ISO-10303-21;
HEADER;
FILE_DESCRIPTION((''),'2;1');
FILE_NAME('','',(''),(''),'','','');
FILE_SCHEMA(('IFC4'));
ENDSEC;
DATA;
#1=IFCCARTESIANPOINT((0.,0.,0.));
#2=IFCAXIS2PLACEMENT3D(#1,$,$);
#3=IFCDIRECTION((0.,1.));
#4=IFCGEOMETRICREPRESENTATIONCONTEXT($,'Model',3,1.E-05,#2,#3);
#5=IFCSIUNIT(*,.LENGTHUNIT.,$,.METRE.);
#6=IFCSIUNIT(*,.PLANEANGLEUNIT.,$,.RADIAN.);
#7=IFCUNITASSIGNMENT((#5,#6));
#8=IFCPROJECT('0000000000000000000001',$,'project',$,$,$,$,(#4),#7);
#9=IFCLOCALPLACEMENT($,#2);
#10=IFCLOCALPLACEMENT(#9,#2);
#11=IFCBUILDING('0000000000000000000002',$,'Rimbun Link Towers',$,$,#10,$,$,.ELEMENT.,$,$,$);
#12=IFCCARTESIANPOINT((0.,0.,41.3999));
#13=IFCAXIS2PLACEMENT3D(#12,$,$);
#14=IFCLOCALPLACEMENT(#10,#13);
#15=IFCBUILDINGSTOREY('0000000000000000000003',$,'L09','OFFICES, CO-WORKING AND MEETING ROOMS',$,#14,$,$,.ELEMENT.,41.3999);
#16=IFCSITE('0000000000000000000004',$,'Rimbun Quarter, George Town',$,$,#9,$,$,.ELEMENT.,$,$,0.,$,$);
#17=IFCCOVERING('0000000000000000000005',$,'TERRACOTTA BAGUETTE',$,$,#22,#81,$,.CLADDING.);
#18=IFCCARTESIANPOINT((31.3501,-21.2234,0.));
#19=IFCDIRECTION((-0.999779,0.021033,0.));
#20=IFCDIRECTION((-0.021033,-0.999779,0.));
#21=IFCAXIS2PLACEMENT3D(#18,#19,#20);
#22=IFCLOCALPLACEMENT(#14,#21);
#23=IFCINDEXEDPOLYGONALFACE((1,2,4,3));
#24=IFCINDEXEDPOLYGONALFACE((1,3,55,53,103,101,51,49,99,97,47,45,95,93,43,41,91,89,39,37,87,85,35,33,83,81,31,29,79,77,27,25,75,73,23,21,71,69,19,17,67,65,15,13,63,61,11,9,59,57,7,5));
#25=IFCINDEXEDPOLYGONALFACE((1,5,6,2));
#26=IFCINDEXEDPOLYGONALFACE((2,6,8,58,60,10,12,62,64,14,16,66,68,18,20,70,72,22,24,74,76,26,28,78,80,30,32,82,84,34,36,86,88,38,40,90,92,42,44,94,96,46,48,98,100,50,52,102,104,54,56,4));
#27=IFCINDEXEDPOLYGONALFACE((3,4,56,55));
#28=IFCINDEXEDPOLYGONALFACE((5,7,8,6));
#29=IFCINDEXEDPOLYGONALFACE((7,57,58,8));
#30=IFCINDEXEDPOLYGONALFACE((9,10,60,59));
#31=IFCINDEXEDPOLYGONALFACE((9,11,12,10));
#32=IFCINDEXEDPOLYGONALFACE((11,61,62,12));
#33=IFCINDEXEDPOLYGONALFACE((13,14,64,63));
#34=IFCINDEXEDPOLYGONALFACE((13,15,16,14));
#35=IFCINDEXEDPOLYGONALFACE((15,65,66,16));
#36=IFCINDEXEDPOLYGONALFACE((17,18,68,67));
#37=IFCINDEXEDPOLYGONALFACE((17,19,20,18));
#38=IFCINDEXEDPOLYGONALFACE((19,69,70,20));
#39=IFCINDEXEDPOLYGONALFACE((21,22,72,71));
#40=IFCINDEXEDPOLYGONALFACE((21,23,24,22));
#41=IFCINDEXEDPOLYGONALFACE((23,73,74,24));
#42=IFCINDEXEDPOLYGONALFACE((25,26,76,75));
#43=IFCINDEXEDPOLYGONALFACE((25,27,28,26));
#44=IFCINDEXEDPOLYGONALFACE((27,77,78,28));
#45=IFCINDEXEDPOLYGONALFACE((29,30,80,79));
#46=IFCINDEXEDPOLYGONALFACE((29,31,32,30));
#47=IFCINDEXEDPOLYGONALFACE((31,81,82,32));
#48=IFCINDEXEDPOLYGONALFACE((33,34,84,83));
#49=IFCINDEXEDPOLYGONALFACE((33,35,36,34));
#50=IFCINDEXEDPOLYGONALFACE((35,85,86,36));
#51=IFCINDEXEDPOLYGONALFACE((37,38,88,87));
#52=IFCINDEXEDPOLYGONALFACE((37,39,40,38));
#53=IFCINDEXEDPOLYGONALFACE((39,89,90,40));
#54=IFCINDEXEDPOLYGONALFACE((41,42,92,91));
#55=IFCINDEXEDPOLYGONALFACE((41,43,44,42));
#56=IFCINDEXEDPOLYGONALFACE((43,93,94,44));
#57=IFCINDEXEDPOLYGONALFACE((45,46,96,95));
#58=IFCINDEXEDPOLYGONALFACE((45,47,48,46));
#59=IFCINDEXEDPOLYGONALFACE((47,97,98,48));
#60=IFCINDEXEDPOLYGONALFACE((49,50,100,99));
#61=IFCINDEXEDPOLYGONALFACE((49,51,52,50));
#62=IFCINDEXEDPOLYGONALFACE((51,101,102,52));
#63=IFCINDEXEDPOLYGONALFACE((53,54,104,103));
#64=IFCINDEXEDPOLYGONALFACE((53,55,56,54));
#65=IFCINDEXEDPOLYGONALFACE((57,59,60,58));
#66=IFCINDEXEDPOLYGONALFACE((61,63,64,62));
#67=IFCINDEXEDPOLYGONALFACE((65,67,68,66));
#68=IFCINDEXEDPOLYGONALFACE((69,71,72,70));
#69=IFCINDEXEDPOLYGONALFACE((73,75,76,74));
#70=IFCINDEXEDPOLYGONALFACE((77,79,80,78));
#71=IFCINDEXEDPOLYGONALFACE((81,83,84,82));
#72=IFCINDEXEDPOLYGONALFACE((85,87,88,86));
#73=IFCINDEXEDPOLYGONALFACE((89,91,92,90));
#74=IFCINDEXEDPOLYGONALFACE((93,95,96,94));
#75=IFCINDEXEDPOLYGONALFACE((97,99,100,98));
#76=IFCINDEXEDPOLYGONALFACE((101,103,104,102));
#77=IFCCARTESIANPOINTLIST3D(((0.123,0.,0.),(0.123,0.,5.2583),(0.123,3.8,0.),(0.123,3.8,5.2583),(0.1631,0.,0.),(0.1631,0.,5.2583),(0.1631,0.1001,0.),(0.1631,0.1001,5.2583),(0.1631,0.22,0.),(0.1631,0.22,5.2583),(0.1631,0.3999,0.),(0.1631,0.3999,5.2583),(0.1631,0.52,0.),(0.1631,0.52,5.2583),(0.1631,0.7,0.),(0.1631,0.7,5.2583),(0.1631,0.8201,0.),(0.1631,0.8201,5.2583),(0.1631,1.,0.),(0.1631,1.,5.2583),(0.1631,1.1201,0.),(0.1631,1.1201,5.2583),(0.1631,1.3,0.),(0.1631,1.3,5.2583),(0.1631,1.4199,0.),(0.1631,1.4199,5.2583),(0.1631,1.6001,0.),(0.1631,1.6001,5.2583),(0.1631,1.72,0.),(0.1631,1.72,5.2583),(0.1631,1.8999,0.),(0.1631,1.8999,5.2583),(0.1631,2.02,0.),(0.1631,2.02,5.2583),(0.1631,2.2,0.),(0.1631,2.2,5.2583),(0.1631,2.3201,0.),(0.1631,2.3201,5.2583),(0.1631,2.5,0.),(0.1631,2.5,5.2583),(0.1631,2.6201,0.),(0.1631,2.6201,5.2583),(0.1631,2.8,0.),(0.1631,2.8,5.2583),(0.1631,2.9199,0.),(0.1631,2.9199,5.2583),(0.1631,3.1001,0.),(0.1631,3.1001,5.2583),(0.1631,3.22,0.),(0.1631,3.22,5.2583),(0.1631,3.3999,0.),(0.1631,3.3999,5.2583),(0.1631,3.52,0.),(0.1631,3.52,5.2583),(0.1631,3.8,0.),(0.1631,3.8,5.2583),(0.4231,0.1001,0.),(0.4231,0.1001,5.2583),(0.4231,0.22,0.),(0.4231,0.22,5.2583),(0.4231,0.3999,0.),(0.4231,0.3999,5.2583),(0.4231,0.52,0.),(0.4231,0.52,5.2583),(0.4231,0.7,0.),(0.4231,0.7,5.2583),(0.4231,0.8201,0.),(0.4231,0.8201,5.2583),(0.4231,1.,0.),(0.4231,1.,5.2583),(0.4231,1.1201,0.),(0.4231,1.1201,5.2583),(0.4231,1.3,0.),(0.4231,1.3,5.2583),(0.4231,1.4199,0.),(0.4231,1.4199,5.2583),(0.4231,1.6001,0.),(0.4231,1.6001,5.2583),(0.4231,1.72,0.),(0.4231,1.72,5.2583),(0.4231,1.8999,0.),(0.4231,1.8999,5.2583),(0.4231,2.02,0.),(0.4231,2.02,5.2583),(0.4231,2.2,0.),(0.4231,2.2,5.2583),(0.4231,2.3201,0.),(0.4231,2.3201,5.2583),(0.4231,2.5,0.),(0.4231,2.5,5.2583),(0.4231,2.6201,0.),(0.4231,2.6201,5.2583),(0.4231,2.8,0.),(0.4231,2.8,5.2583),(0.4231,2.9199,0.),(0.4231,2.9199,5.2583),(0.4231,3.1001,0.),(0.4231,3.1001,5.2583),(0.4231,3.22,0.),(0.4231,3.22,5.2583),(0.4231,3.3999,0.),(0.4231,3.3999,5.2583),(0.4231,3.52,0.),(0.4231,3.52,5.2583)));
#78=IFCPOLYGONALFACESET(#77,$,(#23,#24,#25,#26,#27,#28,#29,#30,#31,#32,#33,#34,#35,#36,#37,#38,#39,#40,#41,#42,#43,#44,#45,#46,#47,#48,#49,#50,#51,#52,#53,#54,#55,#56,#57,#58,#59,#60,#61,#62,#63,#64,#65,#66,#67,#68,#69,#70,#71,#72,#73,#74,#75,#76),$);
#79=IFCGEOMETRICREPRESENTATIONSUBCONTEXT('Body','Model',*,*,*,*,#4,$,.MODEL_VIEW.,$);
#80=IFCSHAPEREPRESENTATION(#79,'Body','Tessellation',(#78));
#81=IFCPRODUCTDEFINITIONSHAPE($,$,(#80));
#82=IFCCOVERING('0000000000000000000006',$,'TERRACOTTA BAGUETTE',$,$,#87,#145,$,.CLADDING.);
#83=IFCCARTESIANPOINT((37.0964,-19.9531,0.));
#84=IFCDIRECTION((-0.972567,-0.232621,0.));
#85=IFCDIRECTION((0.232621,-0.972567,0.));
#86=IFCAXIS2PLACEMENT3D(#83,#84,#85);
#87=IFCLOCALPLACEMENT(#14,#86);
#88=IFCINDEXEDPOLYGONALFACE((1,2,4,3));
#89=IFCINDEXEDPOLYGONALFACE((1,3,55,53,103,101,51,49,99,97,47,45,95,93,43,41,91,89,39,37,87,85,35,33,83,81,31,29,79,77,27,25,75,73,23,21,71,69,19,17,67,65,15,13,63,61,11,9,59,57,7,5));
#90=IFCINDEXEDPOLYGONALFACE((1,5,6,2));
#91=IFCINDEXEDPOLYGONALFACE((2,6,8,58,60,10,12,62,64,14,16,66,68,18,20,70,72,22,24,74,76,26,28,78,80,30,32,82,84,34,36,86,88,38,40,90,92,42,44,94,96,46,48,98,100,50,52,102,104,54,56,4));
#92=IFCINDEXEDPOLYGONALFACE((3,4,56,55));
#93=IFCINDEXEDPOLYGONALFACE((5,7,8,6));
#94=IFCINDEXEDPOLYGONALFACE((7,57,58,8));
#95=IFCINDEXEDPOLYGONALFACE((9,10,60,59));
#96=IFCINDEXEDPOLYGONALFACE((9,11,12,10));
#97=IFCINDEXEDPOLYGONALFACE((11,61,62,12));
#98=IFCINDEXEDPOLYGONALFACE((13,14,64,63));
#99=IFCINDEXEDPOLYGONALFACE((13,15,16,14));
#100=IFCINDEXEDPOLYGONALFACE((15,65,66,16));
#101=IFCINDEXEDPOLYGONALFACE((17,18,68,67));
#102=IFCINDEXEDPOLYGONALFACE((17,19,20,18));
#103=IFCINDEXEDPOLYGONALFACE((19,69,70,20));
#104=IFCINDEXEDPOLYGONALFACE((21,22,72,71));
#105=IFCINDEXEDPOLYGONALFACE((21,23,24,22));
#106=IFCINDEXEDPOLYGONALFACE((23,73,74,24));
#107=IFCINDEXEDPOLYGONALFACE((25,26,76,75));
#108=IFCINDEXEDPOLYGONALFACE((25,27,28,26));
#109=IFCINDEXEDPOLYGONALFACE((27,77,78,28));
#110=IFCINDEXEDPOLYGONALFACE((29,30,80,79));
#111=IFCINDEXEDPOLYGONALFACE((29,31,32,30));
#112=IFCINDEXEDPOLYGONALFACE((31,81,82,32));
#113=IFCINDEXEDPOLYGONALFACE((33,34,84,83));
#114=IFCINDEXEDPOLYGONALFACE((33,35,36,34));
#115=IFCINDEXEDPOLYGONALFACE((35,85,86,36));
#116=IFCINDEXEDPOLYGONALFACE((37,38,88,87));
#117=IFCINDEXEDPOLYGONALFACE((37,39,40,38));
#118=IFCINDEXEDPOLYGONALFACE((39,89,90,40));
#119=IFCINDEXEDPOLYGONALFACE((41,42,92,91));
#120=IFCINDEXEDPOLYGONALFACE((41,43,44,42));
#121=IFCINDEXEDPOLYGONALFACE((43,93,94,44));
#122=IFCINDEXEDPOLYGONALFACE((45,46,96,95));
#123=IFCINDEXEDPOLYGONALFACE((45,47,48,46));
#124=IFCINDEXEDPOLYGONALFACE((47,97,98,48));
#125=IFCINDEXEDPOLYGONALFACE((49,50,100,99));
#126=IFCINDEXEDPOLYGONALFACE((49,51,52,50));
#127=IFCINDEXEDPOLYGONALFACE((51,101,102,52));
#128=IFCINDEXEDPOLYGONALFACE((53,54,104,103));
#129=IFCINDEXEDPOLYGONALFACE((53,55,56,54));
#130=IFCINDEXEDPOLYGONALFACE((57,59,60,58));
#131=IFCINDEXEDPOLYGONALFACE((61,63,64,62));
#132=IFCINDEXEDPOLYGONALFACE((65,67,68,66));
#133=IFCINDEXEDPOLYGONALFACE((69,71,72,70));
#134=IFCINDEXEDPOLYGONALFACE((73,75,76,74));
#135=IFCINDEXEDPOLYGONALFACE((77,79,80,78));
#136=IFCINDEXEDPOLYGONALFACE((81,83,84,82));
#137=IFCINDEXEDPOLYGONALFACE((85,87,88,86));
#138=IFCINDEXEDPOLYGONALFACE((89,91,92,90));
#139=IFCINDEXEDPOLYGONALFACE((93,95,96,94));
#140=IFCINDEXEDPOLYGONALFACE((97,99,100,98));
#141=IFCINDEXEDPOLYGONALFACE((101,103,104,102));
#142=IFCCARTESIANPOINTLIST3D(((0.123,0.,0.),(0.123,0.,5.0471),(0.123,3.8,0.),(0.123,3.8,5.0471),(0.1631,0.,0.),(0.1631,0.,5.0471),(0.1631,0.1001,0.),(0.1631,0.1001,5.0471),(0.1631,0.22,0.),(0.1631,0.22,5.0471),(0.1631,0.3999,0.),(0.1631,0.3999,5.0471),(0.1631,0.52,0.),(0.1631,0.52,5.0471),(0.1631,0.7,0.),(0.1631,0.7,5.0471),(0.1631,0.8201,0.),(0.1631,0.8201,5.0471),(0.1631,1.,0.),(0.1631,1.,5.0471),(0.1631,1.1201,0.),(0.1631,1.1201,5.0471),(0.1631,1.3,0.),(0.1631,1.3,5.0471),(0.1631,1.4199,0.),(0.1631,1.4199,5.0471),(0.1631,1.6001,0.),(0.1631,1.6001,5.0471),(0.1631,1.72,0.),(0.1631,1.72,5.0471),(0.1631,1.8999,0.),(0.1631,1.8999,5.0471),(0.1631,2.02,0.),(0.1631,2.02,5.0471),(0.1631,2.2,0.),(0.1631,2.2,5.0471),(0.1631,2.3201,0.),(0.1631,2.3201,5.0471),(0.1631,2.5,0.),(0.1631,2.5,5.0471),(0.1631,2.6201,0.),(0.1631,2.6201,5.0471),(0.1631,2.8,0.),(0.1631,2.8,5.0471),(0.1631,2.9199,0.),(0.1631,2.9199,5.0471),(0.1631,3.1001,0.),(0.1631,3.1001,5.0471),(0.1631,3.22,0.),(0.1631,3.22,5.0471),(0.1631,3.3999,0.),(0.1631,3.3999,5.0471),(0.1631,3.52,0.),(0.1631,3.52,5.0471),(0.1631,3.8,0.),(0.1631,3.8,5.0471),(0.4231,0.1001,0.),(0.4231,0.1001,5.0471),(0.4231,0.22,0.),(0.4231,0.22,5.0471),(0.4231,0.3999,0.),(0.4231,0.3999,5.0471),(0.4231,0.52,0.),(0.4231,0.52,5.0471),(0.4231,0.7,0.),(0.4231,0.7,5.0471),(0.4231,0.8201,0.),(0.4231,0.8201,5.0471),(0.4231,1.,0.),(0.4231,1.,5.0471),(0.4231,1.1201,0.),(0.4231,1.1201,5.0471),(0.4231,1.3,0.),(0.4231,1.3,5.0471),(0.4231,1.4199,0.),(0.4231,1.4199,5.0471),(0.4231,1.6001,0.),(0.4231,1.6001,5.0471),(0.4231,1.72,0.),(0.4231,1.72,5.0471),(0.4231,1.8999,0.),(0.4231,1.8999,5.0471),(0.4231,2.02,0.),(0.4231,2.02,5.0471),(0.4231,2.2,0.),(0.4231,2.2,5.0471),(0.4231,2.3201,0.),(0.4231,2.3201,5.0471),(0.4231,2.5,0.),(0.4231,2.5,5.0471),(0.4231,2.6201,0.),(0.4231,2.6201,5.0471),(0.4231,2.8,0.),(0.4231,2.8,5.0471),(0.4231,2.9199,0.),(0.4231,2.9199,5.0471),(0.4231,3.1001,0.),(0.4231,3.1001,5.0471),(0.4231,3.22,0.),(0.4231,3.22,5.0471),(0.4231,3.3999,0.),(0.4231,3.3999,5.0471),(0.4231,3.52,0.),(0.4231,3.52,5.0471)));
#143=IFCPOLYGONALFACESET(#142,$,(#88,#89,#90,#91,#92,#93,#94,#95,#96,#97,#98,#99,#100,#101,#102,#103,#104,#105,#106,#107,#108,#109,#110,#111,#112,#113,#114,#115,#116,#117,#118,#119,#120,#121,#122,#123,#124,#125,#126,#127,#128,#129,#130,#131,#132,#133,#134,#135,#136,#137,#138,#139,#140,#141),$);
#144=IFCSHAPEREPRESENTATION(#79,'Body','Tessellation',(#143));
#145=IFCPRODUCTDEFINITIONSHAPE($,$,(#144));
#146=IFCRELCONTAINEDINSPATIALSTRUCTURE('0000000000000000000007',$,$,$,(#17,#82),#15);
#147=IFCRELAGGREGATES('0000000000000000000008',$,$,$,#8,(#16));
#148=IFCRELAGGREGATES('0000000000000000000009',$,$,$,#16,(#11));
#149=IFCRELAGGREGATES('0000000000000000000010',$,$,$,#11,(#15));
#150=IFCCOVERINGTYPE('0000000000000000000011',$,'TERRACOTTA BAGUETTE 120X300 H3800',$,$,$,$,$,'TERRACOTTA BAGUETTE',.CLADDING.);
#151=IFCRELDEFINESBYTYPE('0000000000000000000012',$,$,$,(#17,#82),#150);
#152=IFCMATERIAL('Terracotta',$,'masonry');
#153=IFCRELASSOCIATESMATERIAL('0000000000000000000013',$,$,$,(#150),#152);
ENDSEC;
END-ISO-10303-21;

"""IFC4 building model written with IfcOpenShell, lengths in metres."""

from ifc_helpers import new_model, si_unit, direction, frame, origin, place, context, subcontext, project, spatial, polyline, outline, extrude, material, material_profile, profile_set, type_object, element, save


model = new_model("IFC4")

# Units and contexts
model_context = context("Model", 3, precision=1e-05, world=origin(), true_north=direction((0.0, 1.0)))
body_context = subcontext(model_context, "Body", "Model", "MODEL_VIEW")
ifc_project = project(units=[si_unit("LENGTHUNIT", "METRE"), si_unit("PLANEANGLEUNIT", "RADIAN")], contexts=[model_context])

# Site, building, storey
site_placement = place(None, origin())
site = spatial("IfcSite", under=ifc_project, at=site_placement, Name="Rimbun Quarter, George Town", CompositionType="ELEMENT", RefElevation=0.0)
building_placement = place(site_placement, origin())
building = spatial("IfcBuilding", under=site, at=building_placement, Name="Rimbun Link Towers", CompositionType="ELEMENT")
storey_placement = place(building_placement, frame((0.0, 0.0, 41.3999)))
storey = spatial("IfcBuildingStorey", under=building, at=storey_placement, Name="L09", Description="OFFICES, CO-WORKING AND MEETING ROOMS", CompositionType="ELEMENT", Elevation=41.3999)

# Coverings
ifc_material_1 = material(Name="Terracotta", Category="masonry")
ifc_material_profile_1 = material_profile(ifc_material_1, outline(polyline([(0.123, 0.0), (0.1631, 0.0), (0.1631, 0.1001), (0.4231, 0.1001), (0.4231, 0.22), (0.1631, 0.22), (0.1631, 0.3999), (0.4231, 0.3999), (0.4231, 0.52), (0.1631, 0.52), (0.1631, 0.7), (0.4231, 0.7), (0.4231, 0.8201), (0.1631, 0.8201), (0.1631, 1.0), (0.4231, 1.0), (0.4231, 1.1201), (0.1631, 1.1201), (0.1631, 1.3), (0.4231, 1.3), (0.4231, 1.4199), (0.1631, 1.4199), (0.1631, 1.6001), (0.4231, 1.6001), (0.4231, 1.72), (0.1631, 1.72), (0.1631, 1.8999), (0.4231, 1.8999), (0.4231, 2.02), (0.1631, 2.02), (0.1631, 2.2), (0.4231, 2.2), (0.4231, 2.3201), (0.1631, 2.3201), (0.1631, 2.5), (0.4231, 2.5), (0.4231, 2.6201), (0.1631, 2.6201), (0.1631, 2.8), (0.4231, 2.8), (0.4231, 2.9199), (0.1631, 2.9199), (0.1631, 3.1001), (0.4231, 3.1001), (0.4231, 3.22), (0.1631, 3.22), (0.1631, 3.3999), (0.4231, 3.3999), (0.4231, 3.52), (0.1631, 3.52), (0.1631, 3.8), (0.123, 3.8), (0.123, 0.0)])), Name="BAGUETTE 120X300")
ifc_profile_set_1 = profile_set([ifc_material_profile_1], Name="Terracotta")
covering_type = type_object("IfcCoveringType", Name="TERRACOTTA BAGUETTE 120X300 H3800", ElementType="TERRACOTTA BAGUETTE", PredefinedType="CLADDING", material=ifc_profile_set_1)
covering_1_placement = place(storey_placement, frame((31.3501, -21.2234, 0.0), z_axis=(-0.999779, 0.021033, 0.0), x_axis=(-0.021033, -0.999779, 0.0)))
element("IfcCovering", 1, at=covering_1_placement, inside=storey, type_object=covering_type, Name="TERRACOTTA BAGUETTE", PredefinedType="CLADDING", context=body_context, shape_type="SweptSolid", body=[
    extrude(outline(polyline([(0.123, 0.0), (0.1631, 0.0), (0.1631, 0.1001), (0.4231, 0.1001), (0.4231, 0.22), (0.1631, 0.22), (0.1631, 0.3999), (0.4231, 0.3999), (0.4231, 0.52), (0.1631, 0.52), (0.1631, 0.7), (0.4231, 0.7), (0.4231, 0.8201), (0.1631, 0.8201), (0.1631, 1.0), (0.4231, 1.0), (0.4231, 1.1201), (0.1631, 1.1201), (0.1631, 1.3), (0.4231, 1.3), (0.4231, 1.4199), (0.1631, 1.4199), (0.1631, 1.6001), (0.4231, 1.6001), (0.4231, 1.72), (0.1631, 1.72), (0.1631, 1.8999), (0.4231, 1.8999), (0.4231, 2.02), (0.1631, 2.02), (0.1631, 2.2), (0.4231, 2.2), (0.4231, 2.3201), (0.1631, 2.3201), (0.1631, 2.5), (0.4231, 2.5), (0.4231, 2.6201), (0.1631, 2.6201), (0.1631, 2.8), (0.4231, 2.8), (0.4231, 2.9199), (0.1631, 2.9199), (0.1631, 3.1001), (0.4231, 3.1001), (0.4231, 3.22), (0.1631, 3.22), (0.1631, 3.3999), (0.4231, 3.3999), (0.4231, 3.52), (0.1631, 3.52), (0.1631, 3.8), (0.123, 3.8), (0.123, 0.0)])), origin(), (0.0, 0.0, 1.0), 5.2583),
])
covering_2_placement = place(storey_placement, frame((37.0964, -19.9531, 0.0), z_axis=(-0.972567, -0.232621, 0.0), x_axis=(0.232621, -0.972567, 0.0)))
element("IfcCovering", 2, at=covering_2_placement, inside=storey, type_object=covering_type, Name="TERRACOTTA BAGUETTE", PredefinedType="CLADDING", context=body_context, shape_type="SweptSolid", body=[
    extrude(outline(polyline([(0.123, 0.0), (0.1631, 0.0), (0.1631, 0.1001), (0.4231, 0.1001), (0.4231, 0.22), (0.1631, 0.22), (0.1631, 0.3999), (0.4231, 0.3999), (0.4231, 0.52), (0.1631, 0.52), (0.1631, 0.7), (0.4231, 0.7), (0.4231, 0.8201), (0.1631, 0.8201), (0.1631, 1.0), (0.4231, 1.0), (0.4231, 1.1201), (0.1631, 1.1201), (0.1631, 1.3), (0.4231, 1.3), (0.4231, 1.4199), (0.1631, 1.4199), (0.1631, 1.6001), (0.4231, 1.6001), (0.4231, 1.72), (0.1631, 1.72), (0.1631, 1.8999), (0.4231, 1.8999), (0.4231, 2.02), (0.1631, 2.02), (0.1631, 2.2), (0.4231, 2.2), (0.4231, 2.3201), (0.1631, 2.3201), (0.1631, 2.5), (0.4231, 2.5), (0.4231, 2.6201), (0.1631, 2.6201), (0.1631, 2.8), (0.4231, 2.8), (0.4231, 2.9199), (0.1631, 2.9199), (0.1631, 3.1001), (0.4231, 3.1001), (0.4231, 3.22), (0.1631, 3.22), (0.1631, 3.3999), (0.4231, 3.3999), (0.4231, 3.52), (0.1631, 3.52), (0.1631, 3.8), (0.123, 3.8), (0.123, 0.0)])), origin(), (0.0, 0.0, 1.0), 5.0471),
])

save(model, "model.ifc")
